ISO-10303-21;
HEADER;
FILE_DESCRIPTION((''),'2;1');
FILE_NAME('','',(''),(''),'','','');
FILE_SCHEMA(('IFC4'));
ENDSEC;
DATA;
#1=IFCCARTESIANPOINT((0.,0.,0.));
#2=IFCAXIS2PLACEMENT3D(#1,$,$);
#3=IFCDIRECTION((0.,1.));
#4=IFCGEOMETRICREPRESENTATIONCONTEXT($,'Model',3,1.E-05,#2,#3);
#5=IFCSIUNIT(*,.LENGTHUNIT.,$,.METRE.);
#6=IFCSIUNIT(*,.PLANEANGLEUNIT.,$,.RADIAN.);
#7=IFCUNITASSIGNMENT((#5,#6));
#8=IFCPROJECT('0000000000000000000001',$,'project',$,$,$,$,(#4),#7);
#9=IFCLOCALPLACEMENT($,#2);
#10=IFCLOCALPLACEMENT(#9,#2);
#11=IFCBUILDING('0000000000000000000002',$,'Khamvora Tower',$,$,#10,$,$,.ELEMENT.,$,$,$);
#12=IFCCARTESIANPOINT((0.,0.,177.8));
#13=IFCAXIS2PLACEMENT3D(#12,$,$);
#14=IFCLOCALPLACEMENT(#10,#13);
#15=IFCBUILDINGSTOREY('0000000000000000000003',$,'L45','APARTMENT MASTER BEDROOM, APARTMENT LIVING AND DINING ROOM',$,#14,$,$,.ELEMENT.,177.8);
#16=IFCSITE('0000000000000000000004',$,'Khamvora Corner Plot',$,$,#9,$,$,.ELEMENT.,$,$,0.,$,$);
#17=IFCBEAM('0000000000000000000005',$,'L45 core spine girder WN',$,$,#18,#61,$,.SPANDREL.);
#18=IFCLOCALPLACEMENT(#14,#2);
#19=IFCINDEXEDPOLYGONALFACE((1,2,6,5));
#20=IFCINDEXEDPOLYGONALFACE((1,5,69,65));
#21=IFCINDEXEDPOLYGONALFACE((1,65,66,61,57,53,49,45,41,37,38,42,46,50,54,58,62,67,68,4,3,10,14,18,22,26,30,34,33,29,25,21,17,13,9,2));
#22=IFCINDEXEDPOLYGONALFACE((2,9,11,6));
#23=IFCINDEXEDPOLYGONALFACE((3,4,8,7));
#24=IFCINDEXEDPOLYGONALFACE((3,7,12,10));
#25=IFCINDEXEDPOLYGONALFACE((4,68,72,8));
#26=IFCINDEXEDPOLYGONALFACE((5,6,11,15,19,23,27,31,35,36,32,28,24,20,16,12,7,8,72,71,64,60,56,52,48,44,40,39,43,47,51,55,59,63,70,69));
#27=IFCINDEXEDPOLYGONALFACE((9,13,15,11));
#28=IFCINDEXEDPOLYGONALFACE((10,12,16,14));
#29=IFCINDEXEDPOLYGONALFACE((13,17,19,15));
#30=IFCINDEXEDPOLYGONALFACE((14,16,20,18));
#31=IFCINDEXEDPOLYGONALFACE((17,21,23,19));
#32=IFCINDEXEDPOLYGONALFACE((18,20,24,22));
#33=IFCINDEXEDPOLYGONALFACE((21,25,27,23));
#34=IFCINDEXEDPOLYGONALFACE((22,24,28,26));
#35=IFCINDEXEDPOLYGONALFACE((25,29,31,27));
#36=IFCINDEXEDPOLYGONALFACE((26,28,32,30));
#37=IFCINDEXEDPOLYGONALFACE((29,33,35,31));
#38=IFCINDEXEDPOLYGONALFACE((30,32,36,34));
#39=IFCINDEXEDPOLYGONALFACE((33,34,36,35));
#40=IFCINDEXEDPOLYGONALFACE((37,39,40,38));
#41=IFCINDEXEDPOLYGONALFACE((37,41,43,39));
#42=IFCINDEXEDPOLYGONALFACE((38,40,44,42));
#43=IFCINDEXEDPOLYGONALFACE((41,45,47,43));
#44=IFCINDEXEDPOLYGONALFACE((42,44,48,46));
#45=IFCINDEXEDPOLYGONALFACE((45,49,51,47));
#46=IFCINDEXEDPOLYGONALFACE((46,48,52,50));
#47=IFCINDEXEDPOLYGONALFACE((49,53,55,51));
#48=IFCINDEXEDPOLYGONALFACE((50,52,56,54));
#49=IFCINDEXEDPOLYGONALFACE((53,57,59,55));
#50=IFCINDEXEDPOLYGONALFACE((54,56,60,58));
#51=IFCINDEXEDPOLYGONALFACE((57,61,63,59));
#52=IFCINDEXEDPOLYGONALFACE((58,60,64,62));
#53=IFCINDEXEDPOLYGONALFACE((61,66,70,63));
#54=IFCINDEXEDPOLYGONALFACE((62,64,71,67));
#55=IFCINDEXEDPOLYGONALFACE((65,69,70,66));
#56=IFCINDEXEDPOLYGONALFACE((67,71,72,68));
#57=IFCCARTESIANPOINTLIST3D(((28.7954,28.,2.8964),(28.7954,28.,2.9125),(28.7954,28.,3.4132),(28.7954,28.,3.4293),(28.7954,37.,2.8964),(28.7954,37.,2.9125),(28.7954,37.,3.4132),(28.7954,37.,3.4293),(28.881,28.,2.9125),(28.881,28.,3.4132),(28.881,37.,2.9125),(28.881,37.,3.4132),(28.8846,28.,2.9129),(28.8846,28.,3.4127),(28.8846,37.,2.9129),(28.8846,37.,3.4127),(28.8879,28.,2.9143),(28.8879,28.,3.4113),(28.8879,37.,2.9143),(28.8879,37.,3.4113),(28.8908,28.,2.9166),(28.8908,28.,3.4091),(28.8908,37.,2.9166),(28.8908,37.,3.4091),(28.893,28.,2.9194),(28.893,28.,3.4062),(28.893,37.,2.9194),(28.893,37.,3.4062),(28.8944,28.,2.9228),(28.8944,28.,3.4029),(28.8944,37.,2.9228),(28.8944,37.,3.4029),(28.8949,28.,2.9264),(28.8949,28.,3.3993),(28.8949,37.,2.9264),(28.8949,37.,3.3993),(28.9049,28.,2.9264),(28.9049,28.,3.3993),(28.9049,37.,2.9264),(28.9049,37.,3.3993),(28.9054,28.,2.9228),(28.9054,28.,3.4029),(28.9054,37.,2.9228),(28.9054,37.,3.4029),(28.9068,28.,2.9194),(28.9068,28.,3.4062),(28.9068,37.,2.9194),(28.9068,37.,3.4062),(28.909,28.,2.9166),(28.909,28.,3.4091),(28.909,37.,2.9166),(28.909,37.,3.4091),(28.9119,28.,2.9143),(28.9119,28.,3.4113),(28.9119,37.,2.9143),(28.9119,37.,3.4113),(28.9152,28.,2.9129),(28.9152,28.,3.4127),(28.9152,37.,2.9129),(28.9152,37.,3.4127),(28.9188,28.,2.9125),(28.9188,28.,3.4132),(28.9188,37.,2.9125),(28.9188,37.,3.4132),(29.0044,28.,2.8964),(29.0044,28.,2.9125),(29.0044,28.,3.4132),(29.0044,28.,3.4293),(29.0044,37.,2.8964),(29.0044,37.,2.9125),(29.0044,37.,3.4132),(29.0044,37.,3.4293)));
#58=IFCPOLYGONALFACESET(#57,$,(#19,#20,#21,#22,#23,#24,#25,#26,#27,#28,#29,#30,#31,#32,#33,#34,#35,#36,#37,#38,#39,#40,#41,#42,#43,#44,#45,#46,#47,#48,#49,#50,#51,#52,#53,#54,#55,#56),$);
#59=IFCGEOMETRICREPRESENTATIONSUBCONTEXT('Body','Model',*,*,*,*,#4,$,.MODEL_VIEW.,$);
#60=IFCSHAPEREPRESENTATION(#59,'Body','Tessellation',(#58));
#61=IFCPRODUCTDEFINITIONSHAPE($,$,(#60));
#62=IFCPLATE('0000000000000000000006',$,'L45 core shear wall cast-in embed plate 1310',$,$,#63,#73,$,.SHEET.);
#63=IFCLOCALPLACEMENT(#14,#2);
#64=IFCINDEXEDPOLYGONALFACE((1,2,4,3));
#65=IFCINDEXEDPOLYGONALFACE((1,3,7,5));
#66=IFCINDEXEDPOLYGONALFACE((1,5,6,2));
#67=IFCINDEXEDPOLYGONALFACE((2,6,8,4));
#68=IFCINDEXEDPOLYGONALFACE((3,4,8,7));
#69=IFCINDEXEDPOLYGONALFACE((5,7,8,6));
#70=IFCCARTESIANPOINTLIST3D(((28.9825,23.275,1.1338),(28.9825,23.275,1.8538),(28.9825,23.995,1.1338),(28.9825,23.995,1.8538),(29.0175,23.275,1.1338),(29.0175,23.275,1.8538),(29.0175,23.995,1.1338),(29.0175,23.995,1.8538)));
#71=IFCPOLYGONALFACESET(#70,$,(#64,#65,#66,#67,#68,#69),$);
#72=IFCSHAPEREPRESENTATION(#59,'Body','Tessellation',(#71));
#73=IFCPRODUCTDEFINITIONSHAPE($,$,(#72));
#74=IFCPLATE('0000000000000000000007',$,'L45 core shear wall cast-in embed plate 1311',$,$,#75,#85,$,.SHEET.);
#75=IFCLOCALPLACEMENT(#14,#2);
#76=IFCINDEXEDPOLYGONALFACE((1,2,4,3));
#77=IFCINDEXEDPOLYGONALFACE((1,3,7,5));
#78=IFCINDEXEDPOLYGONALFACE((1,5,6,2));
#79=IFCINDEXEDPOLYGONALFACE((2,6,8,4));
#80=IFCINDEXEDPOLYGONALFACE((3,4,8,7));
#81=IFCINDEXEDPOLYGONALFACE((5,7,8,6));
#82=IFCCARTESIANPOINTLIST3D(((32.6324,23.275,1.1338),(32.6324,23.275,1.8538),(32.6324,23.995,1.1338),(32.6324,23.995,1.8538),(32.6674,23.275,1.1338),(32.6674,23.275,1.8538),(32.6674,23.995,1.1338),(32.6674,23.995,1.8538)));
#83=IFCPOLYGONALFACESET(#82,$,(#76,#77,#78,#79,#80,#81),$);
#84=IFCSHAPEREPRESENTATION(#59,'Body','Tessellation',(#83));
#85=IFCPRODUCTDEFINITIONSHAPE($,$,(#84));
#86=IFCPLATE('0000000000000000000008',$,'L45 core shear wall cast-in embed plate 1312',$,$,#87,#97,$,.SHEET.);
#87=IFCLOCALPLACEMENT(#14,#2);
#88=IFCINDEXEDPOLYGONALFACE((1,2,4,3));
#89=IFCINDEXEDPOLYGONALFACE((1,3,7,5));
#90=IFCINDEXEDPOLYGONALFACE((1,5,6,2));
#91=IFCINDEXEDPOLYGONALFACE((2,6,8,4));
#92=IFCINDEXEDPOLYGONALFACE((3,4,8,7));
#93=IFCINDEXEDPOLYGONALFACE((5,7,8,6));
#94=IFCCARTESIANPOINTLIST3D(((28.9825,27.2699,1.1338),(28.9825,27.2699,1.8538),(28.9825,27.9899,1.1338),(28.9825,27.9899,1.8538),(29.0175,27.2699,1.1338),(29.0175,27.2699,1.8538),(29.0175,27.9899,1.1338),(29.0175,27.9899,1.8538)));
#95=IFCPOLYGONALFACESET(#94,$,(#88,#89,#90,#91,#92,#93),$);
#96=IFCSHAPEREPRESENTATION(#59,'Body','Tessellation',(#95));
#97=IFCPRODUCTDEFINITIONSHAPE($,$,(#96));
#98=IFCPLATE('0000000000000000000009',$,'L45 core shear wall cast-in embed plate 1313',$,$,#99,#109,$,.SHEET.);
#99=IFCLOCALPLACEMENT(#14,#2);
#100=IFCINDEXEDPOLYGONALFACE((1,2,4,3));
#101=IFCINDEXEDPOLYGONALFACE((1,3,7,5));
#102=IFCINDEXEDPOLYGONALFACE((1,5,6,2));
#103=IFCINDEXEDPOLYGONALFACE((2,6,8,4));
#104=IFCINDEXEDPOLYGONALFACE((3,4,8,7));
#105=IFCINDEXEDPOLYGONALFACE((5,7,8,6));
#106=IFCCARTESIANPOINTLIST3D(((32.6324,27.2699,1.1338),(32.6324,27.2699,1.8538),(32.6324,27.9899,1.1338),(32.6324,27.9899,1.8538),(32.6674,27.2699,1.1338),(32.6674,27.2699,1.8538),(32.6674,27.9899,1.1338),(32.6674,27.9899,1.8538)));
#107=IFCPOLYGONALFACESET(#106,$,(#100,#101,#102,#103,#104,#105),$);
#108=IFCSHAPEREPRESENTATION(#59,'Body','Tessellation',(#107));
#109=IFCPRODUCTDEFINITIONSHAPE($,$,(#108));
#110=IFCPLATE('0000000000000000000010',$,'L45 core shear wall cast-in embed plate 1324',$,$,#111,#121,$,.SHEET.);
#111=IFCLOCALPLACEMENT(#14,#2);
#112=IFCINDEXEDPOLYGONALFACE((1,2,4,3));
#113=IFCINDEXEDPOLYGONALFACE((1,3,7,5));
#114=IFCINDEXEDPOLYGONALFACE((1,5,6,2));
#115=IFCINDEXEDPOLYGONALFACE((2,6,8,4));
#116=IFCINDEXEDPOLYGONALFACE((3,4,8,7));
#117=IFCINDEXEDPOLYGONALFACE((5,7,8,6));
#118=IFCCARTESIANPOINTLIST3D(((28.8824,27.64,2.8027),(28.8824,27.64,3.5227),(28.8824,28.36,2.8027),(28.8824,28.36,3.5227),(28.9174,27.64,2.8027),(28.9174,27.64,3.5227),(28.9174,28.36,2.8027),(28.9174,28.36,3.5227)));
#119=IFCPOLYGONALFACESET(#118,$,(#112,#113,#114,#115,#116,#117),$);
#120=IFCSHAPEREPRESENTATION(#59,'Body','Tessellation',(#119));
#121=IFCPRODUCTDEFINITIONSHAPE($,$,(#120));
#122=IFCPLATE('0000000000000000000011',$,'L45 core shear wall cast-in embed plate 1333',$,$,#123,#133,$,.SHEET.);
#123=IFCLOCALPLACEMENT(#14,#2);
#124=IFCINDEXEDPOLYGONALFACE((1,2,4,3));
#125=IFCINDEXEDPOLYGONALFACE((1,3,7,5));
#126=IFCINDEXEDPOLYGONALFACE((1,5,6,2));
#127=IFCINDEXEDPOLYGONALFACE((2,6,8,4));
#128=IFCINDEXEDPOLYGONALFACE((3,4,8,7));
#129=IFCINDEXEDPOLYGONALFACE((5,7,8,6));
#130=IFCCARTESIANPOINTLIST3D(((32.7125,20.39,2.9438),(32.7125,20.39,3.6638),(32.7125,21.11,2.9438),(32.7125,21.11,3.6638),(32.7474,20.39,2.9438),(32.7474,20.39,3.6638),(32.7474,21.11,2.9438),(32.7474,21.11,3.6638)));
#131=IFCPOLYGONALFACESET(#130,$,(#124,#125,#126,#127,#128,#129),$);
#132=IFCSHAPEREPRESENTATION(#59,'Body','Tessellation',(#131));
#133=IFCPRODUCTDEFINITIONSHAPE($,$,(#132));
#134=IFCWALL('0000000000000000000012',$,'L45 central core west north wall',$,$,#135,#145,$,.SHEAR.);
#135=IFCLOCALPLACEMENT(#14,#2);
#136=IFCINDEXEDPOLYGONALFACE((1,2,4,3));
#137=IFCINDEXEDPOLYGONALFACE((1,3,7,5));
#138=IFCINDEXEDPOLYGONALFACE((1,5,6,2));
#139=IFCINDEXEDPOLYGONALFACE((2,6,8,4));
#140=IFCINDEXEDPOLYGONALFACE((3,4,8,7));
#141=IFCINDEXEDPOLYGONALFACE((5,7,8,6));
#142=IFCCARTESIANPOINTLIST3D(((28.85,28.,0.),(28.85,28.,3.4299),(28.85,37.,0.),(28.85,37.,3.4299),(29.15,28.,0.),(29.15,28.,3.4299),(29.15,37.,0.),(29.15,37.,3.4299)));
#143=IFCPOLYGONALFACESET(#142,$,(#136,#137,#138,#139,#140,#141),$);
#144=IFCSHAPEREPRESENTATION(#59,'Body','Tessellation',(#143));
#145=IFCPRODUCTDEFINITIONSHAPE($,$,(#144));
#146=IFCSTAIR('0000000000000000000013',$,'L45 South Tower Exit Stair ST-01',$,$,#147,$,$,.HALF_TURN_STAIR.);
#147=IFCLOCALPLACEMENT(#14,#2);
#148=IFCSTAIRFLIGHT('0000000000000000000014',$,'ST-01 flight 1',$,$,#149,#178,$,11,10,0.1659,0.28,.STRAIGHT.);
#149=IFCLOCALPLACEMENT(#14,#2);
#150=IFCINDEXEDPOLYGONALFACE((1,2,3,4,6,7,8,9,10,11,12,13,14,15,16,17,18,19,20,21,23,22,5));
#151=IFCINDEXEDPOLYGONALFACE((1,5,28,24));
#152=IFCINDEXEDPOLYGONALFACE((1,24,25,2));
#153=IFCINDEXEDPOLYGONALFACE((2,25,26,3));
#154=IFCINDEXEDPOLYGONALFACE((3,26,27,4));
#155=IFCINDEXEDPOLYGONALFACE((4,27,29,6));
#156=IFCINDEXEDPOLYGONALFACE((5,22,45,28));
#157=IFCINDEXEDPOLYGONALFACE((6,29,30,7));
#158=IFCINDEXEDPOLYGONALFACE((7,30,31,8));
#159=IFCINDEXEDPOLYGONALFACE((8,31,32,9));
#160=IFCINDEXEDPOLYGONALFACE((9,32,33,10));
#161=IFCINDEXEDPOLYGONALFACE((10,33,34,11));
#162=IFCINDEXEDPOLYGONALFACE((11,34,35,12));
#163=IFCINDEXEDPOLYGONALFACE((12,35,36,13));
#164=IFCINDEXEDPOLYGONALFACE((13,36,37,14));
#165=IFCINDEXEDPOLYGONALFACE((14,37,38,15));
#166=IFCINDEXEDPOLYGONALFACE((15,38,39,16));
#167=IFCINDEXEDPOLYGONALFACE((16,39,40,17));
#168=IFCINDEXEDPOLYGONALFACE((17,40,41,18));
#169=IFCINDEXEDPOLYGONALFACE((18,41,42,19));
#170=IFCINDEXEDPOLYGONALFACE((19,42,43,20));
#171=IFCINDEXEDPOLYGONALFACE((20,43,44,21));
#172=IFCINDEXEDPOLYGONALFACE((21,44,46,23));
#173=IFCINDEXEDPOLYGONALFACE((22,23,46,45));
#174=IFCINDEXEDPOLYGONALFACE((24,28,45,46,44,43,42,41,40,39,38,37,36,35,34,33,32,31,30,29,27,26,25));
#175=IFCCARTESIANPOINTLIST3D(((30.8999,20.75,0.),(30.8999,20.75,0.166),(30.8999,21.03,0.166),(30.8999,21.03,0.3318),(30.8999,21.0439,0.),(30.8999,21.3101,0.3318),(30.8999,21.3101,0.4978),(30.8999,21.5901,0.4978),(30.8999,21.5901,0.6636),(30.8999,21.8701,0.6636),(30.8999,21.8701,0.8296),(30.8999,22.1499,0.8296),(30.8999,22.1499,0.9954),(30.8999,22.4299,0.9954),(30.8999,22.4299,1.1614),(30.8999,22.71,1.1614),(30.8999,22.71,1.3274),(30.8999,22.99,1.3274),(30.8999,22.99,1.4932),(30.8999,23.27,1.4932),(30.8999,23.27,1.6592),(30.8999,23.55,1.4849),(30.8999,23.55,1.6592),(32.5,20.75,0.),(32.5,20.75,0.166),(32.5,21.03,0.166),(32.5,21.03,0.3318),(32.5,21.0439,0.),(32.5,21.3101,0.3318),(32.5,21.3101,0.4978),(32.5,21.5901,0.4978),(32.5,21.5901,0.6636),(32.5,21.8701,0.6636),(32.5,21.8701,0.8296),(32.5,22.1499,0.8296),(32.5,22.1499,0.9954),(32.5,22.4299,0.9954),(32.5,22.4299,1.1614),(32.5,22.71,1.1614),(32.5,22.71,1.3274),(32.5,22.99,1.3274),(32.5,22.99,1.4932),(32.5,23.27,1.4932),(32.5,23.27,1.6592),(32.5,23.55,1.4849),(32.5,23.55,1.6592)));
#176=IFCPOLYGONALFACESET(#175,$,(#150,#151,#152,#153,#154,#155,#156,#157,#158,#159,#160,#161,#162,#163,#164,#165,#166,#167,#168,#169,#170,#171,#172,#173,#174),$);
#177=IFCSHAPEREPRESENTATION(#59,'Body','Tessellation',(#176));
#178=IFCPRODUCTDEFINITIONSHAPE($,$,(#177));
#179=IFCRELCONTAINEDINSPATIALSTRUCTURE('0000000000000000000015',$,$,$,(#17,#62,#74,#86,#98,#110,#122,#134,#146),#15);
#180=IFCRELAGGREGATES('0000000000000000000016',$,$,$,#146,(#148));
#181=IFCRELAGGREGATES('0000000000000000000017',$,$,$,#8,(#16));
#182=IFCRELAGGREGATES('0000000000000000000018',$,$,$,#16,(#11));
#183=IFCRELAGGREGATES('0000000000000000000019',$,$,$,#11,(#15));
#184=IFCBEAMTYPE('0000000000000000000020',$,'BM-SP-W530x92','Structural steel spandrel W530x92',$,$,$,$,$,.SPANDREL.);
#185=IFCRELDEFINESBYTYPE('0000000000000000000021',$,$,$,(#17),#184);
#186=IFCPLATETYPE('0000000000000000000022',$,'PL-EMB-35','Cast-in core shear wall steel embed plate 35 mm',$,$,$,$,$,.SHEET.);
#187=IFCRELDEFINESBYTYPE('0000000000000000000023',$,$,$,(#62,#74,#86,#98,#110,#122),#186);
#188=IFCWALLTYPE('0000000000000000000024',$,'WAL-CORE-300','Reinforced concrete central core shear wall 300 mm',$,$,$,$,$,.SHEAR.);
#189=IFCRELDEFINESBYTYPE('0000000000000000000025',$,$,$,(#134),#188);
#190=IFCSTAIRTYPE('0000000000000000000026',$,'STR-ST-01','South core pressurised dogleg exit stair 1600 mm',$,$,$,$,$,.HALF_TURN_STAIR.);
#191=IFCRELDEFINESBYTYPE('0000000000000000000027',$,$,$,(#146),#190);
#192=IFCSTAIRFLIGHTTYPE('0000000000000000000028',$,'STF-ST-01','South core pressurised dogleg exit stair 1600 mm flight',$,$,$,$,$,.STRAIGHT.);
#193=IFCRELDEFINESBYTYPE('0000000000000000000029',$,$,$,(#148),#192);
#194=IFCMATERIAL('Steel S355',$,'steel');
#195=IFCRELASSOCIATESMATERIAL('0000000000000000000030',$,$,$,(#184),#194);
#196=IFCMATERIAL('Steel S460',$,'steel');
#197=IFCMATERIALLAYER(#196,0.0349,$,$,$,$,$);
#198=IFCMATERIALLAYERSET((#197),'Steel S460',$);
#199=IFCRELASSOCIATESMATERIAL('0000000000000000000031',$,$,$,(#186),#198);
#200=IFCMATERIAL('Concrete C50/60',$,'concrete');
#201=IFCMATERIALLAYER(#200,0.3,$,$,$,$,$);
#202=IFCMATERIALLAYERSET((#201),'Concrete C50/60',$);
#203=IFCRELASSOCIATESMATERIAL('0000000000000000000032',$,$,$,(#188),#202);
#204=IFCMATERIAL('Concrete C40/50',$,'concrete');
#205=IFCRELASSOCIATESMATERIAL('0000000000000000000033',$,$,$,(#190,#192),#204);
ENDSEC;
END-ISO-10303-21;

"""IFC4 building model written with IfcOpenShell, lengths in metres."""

from ifc_helpers import new_model, si_unit, direction, frame, frame_2d, origin, origin_2d, place, context, subcontext, project, spatial, polyline, rectangle, i_section, outline, extrude, material, layer, layer_set, material_profile, profile_set, type_object, element, aggregate, save


model = new_model("IFC4")

# Units and contexts
model_context = context("Model", 3, precision=1e-05, world=origin(), true_north=direction((0.0, 1.0)))
body_context = subcontext(model_context, "Body", "Model", "MODEL_VIEW")
ifc_project = project(units=[si_unit("LENGTHUNIT", "METRE"), si_unit("PLANEANGLEUNIT", "RADIAN")], contexts=[model_context])

# Site, building, storey
site_placement = place(None, origin())
site = spatial("IfcSite", under=ifc_project, at=site_placement, Name="Khamvora Corner Plot", CompositionType="ELEMENT", RefElevation=0.0)
building_placement = place(site_placement, origin())
building = spatial("IfcBuilding", under=site, at=building_placement, Name="Khamvora Tower", CompositionType="ELEMENT")
storey_placement = place(building_placement, frame((0.0, 0.0, 177.8)))
storey = spatial("IfcBuildingStorey", under=building, at=storey_placement, Name="L45", Description="APARTMENT MASTER BEDROOM, APARTMENT LIVING AND DINING ROOM", CompositionType="ELEMENT", Elevation=177.8)

# Shared definitions
ifc_material_1 = material(Name="Steel S460", Category="steel")

# Beam
ifc_material_2 = material(Name="Steel S355", Category="steel")
ifc_material_profile_1 = material_profile(ifc_material_2, i_section(OverallWidth=0.209, OverallDepth=0.533, WebThickness=0.01, FlangeThickness=0.0161, FilletRadius=0.0139, at=origin_2d()), Name="W530x92")
ifc_profile_set_1 = profile_set([ifc_material_profile_1], Name="Steel S355")
beam_type_1 = type_object("IfcBeamType", Name="BM-SP-W530x92", Description="Structural steel spandrel W530x92", PredefinedType="SPANDREL", material=ifc_profile_set_1)
beam_1_placement = place(storey_placement, frame((28.8999, 28.0, 3.1628), z_axis=(0.0, 1.0, 0.0), x_axis=(-1.0, 0.0, 0.0)))
element("IfcBeam", 1, at=beam_1_placement, inside=storey, type_object=beam_type_1, Name="L45 core spine girder WN", PredefinedType="SPANDREL", context=body_context, shape_type="SweptSolid", body=[
    extrude(i_section(OverallWidth=0.209, OverallDepth=0.533, WebThickness=0.01, FlangeThickness=0.0161, FilletRadius=0.0139, at=origin_2d()), origin(), (0.0, 0.0, 1.0), 9.0),
])

# Plates
ifc_layer_1 = layer(ifc_material_1, 0.0349)
ifc_layer_set_1 = layer_set([ifc_layer_1], Name="Steel S460")
plate_type = type_object("IfcPlateType", Name="PL-EMB-35", Description="Cast-in core shear wall steel embed plate 35 mm", PredefinedType="SHEET", material=ifc_layer_set_1)
for number, where, z_axis, x_axis, name in (
    (2, (29.0, 23.635, 1.1338), (0.0, 0.0, 1.0), (1.0, 0.0, 0.0), "L45 core shear wall cast-in embed plate 1310"),
    (3, (32.6499, 23.635, 1.1338), (0.0, 0.0, 1.0), (1.0, 0.0, 0.0), "L45 core shear wall cast-in embed plate 1311"),
    (4, (29.0, 27.6299, 1.1338), (0.0, 0.0, 1.0), (1.0, 0.0, 0.0), "L45 core shear wall cast-in embed plate 1312"),
    (5, (32.6499, 27.6299, 1.1338), (0.0, 0.0, 1.0), (1.0, 0.0, 0.0), "L45 core shear wall cast-in embed plate 1313"),
    (6, (28.8999, 28.0, 2.8027), (0.0, 0.0, 1.0), (1.0, 0.0, 0.0), "L45 core shear wall cast-in embed plate 1324"),
    (7, (32.73, 20.75, 2.9438), (0.0, 0.0, 1.0), (1.0, 0.0, 0.0), "L45 core shear wall cast-in embed plate 1333"),
):
    element("IfcPlate", number, at=place(storey_placement, frame(where, z_axis=z_axis, x_axis=x_axis)), inside=storey, type_object=plate_type, Name=name, PredefinedType="SHEET", context=body_context, shape_type="SweptSolid", body=[
        extrude(rectangle(XDim=0.0349, YDim=0.72, at=origin_2d()), origin(), (0.0, 0.0, 1.0), 0.72),
    ])

# Wall
ifc_material_3 = material(Name="Concrete C50/60", Category="concrete")
ifc_layer_2 = layer(ifc_material_3, 0.3)
ifc_layer_set_2 = layer_set([ifc_layer_2], Name="Concrete C50/60")
wall_type = type_object("IfcWallType", Name="WAL-CORE-300", Description="Reinforced concrete central core shear wall 300 mm", PredefinedType="SHEAR", material=ifc_layer_set_2)
wall_1_placement = place(storey_placement, frame((29.0, 28.0, 0.0), z_axis=(0.0, 0.0, 1.0), x_axis=(0.0, 1.0, 0.0)))
element("IfcWall", 8, at=wall_1_placement, inside=storey, type_object=wall_type, Name="L45 central core west north wall", PredefinedType="SHEAR", context=body_context, shape_type="SweptSolid", body=[
    extrude(rectangle(XDim=9.0, YDim=0.3, at=frame_2d((4.5, 0.0))), origin(), (0.0, 0.0, 1.0), 3.4299),
])

# Stair, stair flight
ifc_material_4 = material(Name="Concrete C40/50", Category="concrete")
stair_type = type_object("IfcStairType", Name="STR-ST-01", Description="South core pressurised dogleg exit stair 1600 mm", PredefinedType="HALF_TURN_STAIR", material=ifc_material_4)
stair_placement = place(storey_placement, origin())
stair = element("IfcStair", 9, at=stair_placement, inside=storey, type_object=stair_type, Name="L45 South Tower Exit Stair ST-01", PredefinedType="HALF_TURN_STAIR")
stair_flight_type = type_object("IfcStairFlightType", Name="STF-ST-01", Description="South core pressurised dogleg exit stair 1600 mm flight", PredefinedType="STRAIGHT", material=ifc_material_4)
stair_flight_1_placement = place(storey_placement, frame((31.7, 20.75, 0.0), z_axis=(0.0, 0.0, 1.0), x_axis=(0.0, 1.0, 0.0)))
stair_flight_1 = element("IfcStairFlight", 10, at=stair_flight_1_placement, type_object=stair_flight_type, Name="ST-01 flight 1", NumberOfRisers=11, NumberOfTreads=10, PredefinedType="STRAIGHT", RiserHeight=0.1659, TreadLength=0.28, context=body_context, shape_type="SweptSolid", body=[
    extrude(outline(polyline([(0.0, 0.0), (0.0, 0.166), (0.28, 0.166), (0.28, 0.3318), (0.5601, 0.3318), (0.5601, 0.4978), (0.8401, 0.4978), (0.8401, 0.6636), (1.1201, 0.6636), (1.1201, 0.8296), (1.3999, 0.8296), (1.3999, 0.9954), (1.6799, 0.9954), (1.6799, 1.1614), (1.96, 1.1614), (1.96, 1.3274), (2.24, 1.3274), (2.24, 1.4932), (2.52, 1.4932), (2.52, 1.6592), (2.8, 1.6592), (2.8, 1.825), (2.8, 1.4849), (0.2939, 0.0), (0.0, 0.0)])), frame((0.0, 0.8, 0.0), z_axis=(0.0, -1.0, 0.0), x_axis=(1.0, 0.0, 0.0)), (0.0, 0.0, 1.0), 1.6001),
])
aggregate(stair, [stair_flight_1])

save(model, "model.ifc")
